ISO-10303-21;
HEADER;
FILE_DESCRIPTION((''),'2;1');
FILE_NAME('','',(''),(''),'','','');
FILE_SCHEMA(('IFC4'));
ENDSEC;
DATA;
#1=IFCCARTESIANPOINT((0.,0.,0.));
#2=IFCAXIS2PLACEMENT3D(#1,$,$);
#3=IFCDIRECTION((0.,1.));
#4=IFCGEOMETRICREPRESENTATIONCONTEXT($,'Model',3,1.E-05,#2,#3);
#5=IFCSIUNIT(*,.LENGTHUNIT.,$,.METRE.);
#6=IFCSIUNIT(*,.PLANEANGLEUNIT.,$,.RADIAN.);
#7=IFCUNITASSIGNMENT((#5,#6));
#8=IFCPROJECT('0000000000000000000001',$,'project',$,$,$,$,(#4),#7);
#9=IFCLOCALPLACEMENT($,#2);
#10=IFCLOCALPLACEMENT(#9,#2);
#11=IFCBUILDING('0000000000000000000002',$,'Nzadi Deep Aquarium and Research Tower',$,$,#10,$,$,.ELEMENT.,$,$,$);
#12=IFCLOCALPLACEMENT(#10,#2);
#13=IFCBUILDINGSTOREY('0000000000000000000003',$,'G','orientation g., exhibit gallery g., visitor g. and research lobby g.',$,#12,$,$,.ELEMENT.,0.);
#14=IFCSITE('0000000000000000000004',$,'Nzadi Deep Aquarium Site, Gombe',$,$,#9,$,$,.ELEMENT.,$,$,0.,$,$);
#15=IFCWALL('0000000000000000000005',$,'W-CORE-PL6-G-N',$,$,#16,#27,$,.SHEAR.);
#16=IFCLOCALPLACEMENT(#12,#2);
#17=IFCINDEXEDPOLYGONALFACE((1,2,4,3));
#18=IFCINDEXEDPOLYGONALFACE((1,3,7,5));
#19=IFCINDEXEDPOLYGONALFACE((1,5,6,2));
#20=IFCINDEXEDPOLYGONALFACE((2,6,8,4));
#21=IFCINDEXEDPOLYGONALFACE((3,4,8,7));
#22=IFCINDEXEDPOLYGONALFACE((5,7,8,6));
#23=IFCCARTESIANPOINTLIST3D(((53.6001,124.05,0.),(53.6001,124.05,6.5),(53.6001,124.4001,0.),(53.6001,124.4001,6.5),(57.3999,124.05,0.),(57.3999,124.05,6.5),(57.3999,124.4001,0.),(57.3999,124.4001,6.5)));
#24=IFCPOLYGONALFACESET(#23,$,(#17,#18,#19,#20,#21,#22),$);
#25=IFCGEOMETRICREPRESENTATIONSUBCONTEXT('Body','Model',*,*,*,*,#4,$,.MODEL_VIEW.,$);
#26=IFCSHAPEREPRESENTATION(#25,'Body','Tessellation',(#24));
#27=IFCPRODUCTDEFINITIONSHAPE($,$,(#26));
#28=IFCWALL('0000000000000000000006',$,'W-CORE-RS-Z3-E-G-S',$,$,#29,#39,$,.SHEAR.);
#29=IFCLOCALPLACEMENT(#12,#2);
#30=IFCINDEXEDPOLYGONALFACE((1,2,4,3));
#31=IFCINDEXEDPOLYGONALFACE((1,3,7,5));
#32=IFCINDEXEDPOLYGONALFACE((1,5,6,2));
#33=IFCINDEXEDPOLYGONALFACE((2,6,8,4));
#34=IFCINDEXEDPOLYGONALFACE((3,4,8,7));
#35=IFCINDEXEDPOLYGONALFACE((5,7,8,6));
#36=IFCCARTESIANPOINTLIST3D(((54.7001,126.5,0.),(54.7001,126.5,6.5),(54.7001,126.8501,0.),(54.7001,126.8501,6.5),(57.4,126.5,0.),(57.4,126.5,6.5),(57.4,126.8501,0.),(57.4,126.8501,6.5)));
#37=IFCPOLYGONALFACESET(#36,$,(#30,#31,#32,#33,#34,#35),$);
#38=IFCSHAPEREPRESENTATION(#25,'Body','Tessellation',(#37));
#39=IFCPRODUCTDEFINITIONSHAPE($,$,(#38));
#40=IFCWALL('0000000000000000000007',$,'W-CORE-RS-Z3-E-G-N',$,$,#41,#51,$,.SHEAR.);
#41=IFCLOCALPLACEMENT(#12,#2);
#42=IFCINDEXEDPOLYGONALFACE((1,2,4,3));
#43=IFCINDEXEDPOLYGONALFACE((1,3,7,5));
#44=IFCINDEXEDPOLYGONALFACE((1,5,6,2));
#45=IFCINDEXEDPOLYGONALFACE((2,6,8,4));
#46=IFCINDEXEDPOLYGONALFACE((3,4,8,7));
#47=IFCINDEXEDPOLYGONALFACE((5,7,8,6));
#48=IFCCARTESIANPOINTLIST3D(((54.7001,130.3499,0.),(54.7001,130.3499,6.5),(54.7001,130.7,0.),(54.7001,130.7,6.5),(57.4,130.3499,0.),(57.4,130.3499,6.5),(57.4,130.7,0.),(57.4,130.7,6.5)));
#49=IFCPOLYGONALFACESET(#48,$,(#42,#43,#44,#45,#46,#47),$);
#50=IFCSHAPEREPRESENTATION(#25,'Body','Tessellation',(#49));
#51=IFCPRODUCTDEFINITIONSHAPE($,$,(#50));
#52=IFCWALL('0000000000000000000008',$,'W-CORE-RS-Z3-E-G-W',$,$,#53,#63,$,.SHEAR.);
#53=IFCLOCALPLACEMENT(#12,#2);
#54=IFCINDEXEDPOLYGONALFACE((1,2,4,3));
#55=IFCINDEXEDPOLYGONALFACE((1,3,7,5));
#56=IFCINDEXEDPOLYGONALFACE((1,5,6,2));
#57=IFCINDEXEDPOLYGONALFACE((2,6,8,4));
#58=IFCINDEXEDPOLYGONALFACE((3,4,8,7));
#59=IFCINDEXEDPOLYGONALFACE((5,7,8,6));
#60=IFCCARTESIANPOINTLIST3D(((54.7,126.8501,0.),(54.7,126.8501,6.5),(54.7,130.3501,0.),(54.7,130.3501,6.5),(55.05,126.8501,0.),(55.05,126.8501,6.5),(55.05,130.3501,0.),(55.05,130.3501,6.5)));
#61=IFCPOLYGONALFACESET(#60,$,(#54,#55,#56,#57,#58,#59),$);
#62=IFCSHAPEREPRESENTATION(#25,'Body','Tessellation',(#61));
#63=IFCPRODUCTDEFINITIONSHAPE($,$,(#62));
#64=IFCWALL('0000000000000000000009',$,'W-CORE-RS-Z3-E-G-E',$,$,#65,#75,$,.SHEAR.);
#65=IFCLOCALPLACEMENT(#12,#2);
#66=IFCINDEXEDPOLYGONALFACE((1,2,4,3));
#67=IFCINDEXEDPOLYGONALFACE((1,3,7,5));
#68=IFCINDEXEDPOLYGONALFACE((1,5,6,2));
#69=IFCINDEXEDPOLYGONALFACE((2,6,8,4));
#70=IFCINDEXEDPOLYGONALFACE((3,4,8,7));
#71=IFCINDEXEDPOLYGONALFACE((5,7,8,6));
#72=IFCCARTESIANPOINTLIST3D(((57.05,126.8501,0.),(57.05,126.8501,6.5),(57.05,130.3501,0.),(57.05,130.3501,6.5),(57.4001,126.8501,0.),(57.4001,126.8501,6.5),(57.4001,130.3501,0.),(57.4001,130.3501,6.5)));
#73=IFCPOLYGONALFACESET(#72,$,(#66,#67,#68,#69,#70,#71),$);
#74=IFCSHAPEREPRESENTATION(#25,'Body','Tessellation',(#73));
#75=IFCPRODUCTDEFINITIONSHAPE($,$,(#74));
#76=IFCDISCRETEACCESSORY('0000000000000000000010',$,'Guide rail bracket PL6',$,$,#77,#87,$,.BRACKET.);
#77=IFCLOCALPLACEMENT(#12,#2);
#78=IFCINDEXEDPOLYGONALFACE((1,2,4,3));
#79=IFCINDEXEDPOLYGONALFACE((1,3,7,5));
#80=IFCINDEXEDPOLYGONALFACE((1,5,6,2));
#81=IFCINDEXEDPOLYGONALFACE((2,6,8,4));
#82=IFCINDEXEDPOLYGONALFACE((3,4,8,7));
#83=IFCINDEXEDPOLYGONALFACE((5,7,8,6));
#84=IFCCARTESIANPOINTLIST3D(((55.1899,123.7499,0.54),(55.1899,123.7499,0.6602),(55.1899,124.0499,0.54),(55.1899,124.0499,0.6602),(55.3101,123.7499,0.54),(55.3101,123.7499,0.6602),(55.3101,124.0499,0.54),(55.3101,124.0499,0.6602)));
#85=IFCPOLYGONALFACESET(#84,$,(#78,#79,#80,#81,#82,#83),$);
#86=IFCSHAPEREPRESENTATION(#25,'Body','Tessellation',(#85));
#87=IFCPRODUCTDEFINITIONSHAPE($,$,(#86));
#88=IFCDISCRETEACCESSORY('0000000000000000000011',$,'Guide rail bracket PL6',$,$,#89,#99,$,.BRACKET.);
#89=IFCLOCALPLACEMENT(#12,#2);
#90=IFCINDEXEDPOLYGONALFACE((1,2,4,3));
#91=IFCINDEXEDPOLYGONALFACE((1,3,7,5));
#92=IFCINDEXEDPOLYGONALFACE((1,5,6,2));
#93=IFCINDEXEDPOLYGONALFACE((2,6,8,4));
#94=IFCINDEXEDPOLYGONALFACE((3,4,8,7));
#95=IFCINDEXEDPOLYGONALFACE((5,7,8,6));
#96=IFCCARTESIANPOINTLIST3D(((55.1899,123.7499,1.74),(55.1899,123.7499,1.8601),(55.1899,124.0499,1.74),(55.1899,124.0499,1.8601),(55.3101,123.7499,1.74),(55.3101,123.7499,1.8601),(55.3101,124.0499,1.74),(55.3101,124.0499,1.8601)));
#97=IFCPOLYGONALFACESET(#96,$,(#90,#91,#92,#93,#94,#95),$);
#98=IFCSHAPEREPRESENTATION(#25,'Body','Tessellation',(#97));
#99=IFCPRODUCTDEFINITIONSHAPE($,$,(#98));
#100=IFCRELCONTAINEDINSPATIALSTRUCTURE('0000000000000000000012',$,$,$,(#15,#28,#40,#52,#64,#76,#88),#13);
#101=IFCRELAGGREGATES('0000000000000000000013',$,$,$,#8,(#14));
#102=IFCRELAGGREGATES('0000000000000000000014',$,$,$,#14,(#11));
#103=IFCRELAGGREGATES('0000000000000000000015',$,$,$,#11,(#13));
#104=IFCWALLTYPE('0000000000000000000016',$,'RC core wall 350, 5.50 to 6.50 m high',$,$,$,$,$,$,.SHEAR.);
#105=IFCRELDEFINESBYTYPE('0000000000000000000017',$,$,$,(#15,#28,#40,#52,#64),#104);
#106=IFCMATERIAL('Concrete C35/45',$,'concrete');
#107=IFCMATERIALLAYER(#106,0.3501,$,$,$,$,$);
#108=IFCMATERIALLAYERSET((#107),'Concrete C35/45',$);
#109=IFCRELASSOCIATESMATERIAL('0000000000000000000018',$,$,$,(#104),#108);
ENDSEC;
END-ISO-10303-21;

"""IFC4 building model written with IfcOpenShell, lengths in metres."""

from ifc_helpers import new_model, si_unit, direction, frame, frame_2d, origin, origin_2d, place, context, subcontext, project, spatial, rectangle, extrude, material, layer, layer_set, type_object, element, save


model = new_model("IFC4")

# Units and contexts
model_context = context("Model", 3, precision=1e-05, world=origin(), true_north=direction((0.0, 1.0)))
body_context = subcontext(model_context, "Body", "Model", "MODEL_VIEW")
ifc_project = project(units=[si_unit("LENGTHUNIT", "METRE"), si_unit("PLANEANGLEUNIT", "RADIAN")], contexts=[model_context])

# Site, building, storey
site_placement = place(None, origin())
site = spatial("IfcSite", under=ifc_project, at=site_placement, Name="Nzadi Deep Aquarium Site, Gombe", CompositionType="ELEMENT", RefElevation=0.0)
building_placement = place(site_placement, origin())
building = spatial("IfcBuilding", under=site, at=building_placement, Name="Nzadi Deep Aquarium and Research Tower", CompositionType="ELEMENT")
storey_placement = place(building_placement, origin())
storey = spatial("IfcBuildingStorey", under=building, at=storey_placement, Name="G", Description="orientation g., exhibit gallery g., visitor g. and research lobby g.", CompositionType="ELEMENT", Elevation=0.0)

# Walls
ifc_material_1 = material(Name="Concrete C35/45", Category="concrete")
ifc_layer_1 = layer(ifc_material_1, 0.3501)
ifc_layer_set_1 = layer_set([ifc_layer_1], Name="Concrete C35/45")
wall_type_1 = type_object("IfcWallType", Name="RC core wall 350, 5.50 to 6.50 m high", PredefinedType="SHEAR", material=ifc_layer_set_1)
wall_1_placement = place(storey_placement, frame((53.6001, 124.2251, 0.0), z_axis=(0.0, 0.0, 1.0), x_axis=(1.0, 0.0, 0.0)))
element("IfcWall", 1, at=wall_1_placement, inside=storey, type_object=wall_type_1, Name="W-CORE-PL6-G-N", PredefinedType="SHEAR", context=body_context, shape_type="SweptSolid", body=[
    extrude(rectangle(XDim=3.7998, YDim=0.3501, at=frame_2d((1.8999, 0.0))), origin(), (0.0, 0.0, 1.0), 6.5),
])
for number, where, z_axis, x_axis, name in (
    (2, (54.7, 126.675, 0.0), (0.0, 0.0, 1.0), (1.0, 0.0, 0.0), "W-CORE-RS-Z3-E-G-S"),
    (3, (54.7, 130.5249, 0.0), (0.0, 0.0, 1.0), (1.0, 0.0, 0.0), "W-CORE-RS-Z3-E-G-N"),
):
    element("IfcWall", number, at=place(storey_placement, frame(where, z_axis=z_axis, x_axis=x_axis)), inside=storey, type_object=wall_type_1, Name=name, PredefinedType="SHEAR", context=body_context, shape_type="SweptSolid", body=[
        extrude(rectangle(XDim=2.7, YDim=0.3501, at=frame_2d((1.3501, 0.0))), origin(), (0.0, 0.0, 1.0), 6.5),
    ])
for number, where, z_axis, x_axis, name in (
    (4, (54.875, 126.8501, 0.0), (0.0, 0.0, 1.0), (0.0, 1.0, 0.0), "W-CORE-RS-Z3-E-G-W"),
    (5, (57.2251, 126.8501, 0.0), (0.0, 0.0, 1.0), (0.0, 1.0, 0.0), "W-CORE-RS-Z3-E-G-E"),
):
    element("IfcWall", number, at=place(storey_placement, frame(where, z_axis=z_axis, x_axis=x_axis)), inside=storey, type_object=wall_type_1, Name=name, PredefinedType="SHEAR", context=body_context, shape_type="SweptSolid", body=[
        extrude(rectangle(XDim=3.5, YDim=0.3501, at=frame_2d((1.75, 0.0))), origin(), (0.0, 0.0, 1.0), 6.5),
    ])

# Discrete accessories
for number, where, z_axis, x_axis, name in (
    (6, (55.25, 123.8999, 0.54), (0.0, 0.0, 1.0), (1.0, 0.0, 0.0), "Guide rail bracket PL6"),
    (7, (55.25, 123.8999, 1.74), (0.0, 0.0, 1.0), (1.0, 0.0, 0.0), "Guide rail bracket PL6"),
):
    element("IfcDiscreteAccessory", number, at=place(storey_placement, frame(where, z_axis=z_axis, x_axis=x_axis)), inside=storey, Name=name, PredefinedType="BRACKET", context=body_context, shape_type="SweptSolid", body=[
        extrude(rectangle(XDim=0.1201, YDim=0.3, at=origin_2d()), origin(), (0.0, 0.0, 1.0), 0.1201),
    ])

save(model, "model.ifc")
